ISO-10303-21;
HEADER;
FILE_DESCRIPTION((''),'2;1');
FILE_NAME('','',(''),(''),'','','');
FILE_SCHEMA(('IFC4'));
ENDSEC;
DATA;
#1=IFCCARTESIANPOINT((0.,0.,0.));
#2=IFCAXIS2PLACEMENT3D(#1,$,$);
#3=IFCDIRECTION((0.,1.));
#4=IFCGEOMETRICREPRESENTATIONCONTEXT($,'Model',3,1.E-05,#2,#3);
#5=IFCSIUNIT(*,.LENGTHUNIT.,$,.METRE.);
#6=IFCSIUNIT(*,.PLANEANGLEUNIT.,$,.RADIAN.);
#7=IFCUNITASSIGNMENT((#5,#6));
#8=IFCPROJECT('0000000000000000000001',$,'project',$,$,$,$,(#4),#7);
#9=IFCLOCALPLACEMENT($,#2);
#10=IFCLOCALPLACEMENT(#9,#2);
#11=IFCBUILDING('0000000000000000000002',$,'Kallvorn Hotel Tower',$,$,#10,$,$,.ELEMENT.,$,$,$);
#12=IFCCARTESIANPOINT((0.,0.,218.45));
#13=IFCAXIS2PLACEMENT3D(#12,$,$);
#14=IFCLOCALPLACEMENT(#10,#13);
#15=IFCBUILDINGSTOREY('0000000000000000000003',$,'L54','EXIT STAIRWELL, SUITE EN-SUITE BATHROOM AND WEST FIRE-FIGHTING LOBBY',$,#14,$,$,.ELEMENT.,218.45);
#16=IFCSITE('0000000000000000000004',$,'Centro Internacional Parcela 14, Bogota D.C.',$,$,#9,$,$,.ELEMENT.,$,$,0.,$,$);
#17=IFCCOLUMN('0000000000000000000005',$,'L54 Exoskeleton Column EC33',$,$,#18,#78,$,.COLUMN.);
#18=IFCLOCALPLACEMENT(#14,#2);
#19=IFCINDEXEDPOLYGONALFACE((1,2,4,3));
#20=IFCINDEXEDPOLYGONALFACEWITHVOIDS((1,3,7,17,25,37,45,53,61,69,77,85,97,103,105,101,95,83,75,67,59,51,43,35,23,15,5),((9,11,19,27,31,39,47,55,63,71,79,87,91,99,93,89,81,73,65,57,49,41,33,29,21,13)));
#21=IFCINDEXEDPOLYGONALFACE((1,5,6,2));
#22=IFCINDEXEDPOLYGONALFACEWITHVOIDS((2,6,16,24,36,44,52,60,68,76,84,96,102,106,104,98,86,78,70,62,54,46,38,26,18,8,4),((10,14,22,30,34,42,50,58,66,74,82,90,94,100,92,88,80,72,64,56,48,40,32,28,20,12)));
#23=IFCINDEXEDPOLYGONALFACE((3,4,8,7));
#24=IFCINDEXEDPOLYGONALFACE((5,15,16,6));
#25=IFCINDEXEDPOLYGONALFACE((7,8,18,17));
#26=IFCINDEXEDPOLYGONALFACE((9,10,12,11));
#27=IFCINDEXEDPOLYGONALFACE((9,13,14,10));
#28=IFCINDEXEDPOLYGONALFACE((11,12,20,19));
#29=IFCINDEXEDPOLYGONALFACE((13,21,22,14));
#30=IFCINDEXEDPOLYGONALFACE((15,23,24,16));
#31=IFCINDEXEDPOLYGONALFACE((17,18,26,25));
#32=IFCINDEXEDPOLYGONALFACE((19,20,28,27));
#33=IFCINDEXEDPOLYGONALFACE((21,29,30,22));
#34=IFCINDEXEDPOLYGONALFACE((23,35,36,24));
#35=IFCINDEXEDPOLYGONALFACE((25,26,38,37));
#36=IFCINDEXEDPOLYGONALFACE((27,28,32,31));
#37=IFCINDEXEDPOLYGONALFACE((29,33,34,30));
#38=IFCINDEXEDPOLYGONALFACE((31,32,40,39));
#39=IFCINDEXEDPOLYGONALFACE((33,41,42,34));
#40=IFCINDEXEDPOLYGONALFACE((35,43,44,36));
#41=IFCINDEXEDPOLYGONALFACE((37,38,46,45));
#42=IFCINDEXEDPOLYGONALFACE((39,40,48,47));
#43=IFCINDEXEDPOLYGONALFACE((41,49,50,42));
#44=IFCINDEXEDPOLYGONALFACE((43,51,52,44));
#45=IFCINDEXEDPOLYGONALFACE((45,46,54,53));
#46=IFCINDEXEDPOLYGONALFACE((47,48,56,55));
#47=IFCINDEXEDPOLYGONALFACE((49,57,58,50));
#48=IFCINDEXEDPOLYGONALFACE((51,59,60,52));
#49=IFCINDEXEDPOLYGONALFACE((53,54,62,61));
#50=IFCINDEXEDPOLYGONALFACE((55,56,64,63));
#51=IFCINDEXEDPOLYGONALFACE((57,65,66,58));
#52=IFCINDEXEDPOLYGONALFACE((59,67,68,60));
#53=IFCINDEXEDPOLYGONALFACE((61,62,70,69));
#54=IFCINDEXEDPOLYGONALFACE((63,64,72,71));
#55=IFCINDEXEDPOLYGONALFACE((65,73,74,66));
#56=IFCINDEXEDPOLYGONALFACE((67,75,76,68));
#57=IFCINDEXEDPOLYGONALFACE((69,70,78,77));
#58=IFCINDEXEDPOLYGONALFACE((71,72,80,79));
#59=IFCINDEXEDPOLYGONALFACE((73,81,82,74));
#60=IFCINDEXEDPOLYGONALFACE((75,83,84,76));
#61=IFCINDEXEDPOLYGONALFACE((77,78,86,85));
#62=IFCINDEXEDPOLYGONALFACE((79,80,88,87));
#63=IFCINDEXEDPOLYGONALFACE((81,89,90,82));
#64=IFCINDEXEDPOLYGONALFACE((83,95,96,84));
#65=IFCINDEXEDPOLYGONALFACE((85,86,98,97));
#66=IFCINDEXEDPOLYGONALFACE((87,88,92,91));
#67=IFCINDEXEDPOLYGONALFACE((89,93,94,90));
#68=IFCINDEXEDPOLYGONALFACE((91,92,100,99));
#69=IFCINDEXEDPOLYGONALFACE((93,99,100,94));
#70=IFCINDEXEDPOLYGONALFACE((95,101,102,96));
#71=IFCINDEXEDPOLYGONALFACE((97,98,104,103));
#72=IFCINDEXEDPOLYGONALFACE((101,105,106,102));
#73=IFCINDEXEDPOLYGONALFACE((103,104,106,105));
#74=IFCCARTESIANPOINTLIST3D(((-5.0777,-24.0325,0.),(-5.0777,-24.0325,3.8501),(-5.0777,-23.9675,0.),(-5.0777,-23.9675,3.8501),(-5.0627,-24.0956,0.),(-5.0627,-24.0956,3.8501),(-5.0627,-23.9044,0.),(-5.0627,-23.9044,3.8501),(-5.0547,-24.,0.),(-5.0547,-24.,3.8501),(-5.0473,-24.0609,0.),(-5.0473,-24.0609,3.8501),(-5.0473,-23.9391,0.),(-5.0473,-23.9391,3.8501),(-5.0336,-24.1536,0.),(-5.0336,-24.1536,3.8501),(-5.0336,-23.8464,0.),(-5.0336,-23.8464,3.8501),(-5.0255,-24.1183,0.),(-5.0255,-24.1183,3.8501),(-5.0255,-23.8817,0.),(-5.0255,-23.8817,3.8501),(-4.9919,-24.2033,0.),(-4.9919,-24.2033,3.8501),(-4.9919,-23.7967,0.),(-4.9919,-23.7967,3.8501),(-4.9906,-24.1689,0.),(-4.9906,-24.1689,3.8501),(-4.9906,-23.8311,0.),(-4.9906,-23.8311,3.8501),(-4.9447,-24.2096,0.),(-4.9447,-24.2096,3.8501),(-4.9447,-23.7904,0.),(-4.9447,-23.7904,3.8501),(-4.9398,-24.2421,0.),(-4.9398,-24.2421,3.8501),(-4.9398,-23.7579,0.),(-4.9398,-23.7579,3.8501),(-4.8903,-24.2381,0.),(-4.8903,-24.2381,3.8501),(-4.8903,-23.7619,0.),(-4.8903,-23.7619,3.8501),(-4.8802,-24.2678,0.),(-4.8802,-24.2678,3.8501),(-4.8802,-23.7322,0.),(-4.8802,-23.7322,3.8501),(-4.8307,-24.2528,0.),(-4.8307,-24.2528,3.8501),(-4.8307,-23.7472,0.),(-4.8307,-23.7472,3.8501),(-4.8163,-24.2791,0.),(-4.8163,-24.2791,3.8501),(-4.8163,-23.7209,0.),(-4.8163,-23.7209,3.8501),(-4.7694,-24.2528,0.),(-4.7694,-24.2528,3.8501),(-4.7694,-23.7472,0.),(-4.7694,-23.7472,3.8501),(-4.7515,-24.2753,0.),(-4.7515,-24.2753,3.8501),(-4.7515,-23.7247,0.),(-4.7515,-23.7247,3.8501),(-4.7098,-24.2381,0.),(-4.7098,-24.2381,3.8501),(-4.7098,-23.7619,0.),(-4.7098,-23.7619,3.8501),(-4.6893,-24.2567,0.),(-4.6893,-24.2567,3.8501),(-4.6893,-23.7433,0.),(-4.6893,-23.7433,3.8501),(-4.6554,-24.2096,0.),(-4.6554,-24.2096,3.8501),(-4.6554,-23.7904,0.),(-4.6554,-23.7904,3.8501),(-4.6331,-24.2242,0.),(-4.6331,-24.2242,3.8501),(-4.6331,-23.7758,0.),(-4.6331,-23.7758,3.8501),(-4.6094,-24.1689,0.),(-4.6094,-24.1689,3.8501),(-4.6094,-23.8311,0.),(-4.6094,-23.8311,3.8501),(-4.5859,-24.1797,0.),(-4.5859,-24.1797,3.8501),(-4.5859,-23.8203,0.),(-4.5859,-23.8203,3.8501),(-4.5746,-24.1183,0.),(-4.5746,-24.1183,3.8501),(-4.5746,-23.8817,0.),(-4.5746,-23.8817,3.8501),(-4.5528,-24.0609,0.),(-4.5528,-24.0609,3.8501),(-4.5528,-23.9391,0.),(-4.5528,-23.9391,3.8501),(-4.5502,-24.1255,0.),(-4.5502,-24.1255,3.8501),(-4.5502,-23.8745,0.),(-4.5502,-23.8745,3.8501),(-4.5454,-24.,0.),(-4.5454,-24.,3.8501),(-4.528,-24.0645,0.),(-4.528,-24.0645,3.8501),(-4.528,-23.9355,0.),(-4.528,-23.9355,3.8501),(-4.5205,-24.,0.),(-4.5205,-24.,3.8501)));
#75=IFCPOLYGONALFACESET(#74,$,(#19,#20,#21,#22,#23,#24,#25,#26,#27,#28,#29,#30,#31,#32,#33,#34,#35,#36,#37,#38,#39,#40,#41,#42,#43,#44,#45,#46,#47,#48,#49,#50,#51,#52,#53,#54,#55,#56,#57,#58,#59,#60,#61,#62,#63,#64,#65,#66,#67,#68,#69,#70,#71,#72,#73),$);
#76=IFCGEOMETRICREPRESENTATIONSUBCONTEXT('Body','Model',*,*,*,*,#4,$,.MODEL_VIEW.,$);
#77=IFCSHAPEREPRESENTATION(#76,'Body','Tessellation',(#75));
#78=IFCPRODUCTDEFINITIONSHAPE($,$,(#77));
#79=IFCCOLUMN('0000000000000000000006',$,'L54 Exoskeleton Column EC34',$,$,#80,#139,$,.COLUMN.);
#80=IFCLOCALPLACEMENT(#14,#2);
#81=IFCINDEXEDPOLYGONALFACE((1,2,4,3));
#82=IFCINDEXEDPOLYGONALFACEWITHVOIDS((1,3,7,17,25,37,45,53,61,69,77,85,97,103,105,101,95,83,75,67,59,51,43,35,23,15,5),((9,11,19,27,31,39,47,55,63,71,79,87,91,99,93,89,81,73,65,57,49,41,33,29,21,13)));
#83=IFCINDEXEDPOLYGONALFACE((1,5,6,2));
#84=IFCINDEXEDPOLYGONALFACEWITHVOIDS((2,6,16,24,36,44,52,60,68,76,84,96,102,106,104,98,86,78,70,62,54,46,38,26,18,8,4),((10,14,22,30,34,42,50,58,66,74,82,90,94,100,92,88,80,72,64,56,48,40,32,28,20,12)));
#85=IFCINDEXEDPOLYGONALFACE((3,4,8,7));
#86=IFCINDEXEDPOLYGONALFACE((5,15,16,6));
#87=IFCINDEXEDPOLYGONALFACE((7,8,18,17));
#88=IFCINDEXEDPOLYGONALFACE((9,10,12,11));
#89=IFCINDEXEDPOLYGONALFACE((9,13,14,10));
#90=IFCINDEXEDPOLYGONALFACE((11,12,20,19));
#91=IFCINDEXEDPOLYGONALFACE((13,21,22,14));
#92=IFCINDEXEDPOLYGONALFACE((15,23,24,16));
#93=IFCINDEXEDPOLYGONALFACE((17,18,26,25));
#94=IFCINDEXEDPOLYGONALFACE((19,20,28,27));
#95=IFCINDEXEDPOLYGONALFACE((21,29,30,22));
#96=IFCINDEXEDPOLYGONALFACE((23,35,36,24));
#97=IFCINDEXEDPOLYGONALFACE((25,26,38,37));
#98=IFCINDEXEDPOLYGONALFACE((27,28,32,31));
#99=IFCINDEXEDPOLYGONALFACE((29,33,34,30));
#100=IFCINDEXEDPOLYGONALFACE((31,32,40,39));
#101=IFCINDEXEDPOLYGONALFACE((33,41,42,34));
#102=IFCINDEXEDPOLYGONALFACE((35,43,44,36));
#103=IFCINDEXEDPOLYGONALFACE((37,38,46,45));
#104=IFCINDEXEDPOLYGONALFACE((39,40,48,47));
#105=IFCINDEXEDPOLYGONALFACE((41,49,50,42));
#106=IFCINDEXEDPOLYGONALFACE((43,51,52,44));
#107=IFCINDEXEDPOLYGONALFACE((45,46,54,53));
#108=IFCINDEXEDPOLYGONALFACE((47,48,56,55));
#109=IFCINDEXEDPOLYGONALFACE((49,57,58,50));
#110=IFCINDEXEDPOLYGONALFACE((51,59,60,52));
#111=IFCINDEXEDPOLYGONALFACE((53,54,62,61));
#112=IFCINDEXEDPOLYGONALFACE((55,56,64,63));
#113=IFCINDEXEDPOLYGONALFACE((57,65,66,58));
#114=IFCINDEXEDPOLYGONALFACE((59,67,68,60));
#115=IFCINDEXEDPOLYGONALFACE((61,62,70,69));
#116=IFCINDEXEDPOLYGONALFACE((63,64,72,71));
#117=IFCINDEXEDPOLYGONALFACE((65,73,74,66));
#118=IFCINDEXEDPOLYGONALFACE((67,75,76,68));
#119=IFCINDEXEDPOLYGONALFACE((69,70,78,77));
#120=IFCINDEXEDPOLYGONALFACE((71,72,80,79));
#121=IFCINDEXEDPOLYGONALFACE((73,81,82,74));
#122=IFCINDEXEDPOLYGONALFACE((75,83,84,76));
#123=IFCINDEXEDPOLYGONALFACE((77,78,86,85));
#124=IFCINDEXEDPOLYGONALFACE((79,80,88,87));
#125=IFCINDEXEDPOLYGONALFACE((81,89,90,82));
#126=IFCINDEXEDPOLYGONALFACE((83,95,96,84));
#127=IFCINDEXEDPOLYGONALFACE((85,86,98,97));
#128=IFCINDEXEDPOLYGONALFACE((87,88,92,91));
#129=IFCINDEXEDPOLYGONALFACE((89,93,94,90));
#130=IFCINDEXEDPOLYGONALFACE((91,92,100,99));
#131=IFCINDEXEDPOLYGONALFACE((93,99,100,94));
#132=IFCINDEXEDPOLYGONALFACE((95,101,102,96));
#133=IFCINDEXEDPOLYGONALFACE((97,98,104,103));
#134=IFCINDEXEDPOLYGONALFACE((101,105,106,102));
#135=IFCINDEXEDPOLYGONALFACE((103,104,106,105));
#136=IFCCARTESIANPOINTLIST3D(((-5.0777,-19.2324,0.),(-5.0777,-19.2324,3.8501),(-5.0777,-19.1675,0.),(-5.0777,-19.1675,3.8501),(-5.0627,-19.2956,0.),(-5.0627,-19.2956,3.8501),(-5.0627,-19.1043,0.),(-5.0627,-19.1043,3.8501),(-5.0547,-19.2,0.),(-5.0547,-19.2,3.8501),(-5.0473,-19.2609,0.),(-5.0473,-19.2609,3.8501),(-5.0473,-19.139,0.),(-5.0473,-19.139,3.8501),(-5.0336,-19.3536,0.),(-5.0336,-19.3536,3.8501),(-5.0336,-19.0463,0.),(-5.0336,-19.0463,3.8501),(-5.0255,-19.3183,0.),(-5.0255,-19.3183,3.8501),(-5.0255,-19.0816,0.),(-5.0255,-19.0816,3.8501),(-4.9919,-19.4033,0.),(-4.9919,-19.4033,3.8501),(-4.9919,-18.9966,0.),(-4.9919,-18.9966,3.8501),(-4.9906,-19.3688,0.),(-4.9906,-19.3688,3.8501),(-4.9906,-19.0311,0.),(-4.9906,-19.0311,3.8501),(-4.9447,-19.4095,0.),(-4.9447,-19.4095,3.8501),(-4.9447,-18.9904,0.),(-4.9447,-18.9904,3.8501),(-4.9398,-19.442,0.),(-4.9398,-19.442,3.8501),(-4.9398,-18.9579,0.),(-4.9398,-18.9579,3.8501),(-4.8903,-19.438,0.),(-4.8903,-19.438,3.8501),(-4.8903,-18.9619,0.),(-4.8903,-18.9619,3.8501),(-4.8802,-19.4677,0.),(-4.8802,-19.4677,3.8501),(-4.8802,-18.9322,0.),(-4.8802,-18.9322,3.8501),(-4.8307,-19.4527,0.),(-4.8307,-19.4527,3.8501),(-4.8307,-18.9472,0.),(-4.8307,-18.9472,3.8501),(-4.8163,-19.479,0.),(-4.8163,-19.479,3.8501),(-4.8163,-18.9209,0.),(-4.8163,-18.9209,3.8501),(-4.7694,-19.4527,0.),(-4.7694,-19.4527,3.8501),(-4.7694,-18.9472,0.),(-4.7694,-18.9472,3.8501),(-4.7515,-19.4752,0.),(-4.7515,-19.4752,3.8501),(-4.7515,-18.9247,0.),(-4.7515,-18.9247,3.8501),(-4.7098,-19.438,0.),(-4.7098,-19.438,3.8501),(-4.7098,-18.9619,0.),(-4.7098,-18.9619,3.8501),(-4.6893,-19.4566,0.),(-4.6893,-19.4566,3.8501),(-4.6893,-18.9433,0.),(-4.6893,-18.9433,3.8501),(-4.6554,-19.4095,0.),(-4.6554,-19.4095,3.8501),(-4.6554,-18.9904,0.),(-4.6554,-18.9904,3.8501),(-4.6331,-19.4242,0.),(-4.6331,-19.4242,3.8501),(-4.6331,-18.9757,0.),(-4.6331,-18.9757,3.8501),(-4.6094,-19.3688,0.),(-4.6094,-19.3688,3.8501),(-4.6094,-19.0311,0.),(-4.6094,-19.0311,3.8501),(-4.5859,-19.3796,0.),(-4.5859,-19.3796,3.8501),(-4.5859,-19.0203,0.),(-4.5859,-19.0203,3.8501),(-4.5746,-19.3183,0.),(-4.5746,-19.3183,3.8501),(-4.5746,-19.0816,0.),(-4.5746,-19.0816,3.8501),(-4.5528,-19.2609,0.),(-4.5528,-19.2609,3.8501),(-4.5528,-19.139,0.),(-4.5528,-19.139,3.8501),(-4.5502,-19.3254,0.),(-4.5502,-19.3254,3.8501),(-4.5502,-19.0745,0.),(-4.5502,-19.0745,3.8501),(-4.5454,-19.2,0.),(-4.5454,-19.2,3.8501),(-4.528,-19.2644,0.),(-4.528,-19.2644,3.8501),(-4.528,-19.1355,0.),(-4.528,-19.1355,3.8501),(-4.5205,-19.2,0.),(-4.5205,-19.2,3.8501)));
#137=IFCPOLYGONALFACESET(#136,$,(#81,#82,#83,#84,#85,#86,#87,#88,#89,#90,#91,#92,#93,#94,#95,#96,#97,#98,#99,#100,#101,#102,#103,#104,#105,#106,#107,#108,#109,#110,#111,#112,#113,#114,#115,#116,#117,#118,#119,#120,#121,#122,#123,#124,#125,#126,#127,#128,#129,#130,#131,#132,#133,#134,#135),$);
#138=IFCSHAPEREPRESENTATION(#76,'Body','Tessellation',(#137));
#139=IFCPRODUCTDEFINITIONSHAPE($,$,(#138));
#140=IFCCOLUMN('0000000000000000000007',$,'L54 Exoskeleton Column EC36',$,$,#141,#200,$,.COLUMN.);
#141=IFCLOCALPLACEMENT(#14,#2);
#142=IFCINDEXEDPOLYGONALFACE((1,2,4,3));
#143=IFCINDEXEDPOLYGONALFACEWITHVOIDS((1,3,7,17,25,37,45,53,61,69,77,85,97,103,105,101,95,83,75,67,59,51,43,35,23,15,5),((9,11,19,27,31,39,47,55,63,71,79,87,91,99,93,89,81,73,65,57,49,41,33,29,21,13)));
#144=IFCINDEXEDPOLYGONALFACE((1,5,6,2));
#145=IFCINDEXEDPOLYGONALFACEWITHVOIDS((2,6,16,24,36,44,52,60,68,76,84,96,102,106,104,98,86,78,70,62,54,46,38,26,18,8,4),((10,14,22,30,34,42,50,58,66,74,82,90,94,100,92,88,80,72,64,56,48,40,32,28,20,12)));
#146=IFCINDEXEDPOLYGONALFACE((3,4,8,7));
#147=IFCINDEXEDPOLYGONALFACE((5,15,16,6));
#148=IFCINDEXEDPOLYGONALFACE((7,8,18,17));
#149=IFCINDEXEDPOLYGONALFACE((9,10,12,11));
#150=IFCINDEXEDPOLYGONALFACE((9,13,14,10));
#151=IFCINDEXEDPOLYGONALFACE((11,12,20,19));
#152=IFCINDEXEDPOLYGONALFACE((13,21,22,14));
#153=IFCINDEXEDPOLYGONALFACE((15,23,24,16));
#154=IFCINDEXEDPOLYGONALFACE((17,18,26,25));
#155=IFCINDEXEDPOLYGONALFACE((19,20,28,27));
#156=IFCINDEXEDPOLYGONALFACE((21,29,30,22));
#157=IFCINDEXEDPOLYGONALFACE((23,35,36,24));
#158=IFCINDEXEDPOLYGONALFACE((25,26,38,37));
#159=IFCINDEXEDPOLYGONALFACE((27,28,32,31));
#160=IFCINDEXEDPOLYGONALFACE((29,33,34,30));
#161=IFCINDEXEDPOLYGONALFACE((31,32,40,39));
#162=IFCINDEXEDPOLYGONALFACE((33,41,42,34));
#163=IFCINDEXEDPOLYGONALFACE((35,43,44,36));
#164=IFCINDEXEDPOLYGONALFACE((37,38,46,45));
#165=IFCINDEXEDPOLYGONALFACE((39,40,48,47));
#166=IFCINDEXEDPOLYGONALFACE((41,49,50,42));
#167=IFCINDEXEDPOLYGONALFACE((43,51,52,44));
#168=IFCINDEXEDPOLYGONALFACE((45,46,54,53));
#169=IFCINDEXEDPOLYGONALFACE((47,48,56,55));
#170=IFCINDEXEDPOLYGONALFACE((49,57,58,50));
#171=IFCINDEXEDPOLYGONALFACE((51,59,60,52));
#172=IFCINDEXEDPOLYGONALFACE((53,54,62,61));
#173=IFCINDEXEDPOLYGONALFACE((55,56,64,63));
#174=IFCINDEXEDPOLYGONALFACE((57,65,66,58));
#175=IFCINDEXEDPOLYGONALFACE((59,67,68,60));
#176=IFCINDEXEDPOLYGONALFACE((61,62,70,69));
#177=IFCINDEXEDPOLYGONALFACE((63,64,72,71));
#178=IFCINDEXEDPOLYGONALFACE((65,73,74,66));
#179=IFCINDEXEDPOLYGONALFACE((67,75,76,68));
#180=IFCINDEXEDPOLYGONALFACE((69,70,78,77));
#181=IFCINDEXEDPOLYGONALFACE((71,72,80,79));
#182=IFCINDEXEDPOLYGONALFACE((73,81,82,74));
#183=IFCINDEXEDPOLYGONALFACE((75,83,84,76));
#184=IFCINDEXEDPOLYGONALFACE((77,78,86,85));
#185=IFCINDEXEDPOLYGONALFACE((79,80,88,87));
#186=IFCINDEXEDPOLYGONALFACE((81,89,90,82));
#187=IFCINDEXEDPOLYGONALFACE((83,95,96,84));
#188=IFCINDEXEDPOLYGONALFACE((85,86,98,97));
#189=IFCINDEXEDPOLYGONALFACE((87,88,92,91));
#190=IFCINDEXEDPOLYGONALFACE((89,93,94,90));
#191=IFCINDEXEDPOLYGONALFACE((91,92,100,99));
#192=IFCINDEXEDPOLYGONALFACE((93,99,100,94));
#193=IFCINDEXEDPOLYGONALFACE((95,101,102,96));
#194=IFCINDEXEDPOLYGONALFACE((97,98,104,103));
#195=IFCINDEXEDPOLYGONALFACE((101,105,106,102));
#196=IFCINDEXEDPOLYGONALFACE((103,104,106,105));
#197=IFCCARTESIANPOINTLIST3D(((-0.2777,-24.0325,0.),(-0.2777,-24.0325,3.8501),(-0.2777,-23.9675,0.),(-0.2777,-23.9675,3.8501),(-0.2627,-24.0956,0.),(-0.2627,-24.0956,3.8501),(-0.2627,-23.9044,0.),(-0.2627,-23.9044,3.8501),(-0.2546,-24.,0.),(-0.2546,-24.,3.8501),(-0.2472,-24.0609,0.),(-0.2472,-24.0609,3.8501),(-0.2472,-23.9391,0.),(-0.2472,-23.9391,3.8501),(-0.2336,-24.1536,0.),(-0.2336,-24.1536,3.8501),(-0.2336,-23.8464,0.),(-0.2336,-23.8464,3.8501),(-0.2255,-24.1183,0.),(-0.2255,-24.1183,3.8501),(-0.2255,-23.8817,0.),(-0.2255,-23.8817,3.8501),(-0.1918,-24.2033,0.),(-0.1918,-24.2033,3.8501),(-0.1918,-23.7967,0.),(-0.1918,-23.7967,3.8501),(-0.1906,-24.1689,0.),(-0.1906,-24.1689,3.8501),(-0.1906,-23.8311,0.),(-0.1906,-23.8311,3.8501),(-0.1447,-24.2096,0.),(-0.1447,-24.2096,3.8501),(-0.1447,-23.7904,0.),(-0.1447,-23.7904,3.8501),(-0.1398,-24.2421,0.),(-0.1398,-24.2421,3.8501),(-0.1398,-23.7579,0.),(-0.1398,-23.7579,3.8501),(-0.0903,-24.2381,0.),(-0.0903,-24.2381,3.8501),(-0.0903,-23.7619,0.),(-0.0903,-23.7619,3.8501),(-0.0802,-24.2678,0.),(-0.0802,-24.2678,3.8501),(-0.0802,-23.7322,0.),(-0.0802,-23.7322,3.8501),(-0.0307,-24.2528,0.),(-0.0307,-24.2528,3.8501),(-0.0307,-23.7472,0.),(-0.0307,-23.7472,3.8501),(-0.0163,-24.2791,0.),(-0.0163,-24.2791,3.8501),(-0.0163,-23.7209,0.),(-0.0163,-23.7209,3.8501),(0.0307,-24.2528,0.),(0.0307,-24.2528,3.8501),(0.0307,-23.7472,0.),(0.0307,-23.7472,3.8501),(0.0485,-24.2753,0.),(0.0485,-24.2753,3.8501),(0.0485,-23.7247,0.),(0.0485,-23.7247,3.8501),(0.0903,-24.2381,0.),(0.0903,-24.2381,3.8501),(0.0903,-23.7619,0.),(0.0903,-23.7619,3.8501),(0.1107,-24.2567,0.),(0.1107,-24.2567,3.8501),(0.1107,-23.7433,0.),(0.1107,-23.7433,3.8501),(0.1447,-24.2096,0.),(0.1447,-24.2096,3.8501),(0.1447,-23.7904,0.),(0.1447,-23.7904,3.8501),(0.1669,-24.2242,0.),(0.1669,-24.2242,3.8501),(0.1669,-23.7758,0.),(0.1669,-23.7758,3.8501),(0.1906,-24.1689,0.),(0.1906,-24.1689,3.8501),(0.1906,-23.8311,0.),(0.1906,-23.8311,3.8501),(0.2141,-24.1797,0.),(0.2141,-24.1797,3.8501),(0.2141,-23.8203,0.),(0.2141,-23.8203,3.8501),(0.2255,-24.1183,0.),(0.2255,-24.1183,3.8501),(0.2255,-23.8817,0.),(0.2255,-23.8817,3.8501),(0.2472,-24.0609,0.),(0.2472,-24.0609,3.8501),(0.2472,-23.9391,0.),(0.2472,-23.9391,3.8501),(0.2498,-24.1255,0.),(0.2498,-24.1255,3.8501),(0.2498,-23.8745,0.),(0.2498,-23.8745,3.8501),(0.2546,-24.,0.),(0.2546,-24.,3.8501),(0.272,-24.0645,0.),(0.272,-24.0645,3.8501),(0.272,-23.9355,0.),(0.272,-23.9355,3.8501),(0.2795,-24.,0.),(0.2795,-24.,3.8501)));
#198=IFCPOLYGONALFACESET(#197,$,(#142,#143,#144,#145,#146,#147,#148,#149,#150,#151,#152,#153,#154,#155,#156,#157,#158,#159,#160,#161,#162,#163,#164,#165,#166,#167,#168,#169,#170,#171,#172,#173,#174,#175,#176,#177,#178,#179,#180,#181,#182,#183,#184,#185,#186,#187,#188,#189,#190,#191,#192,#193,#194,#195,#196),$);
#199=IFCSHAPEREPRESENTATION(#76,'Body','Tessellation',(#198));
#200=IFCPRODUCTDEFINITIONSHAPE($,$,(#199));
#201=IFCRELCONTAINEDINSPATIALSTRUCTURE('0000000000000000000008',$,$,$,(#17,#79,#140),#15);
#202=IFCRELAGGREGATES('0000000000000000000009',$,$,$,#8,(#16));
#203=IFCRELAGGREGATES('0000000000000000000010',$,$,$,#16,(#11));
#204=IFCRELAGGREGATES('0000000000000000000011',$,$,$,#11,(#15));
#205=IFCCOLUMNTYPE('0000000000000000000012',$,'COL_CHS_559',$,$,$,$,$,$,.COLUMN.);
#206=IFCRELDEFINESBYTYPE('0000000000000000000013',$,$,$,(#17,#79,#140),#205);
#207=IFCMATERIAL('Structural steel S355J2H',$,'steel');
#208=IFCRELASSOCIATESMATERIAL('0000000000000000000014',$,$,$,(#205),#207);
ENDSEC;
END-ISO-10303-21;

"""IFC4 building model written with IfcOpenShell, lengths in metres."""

from ifc_helpers import new_model, si_unit, direction, frame, origin, origin_2d, place, context, subcontext, project, spatial, hollow_circle, extrude, material, material_profile, profile_set, type_object, element, save


model = new_model("IFC4")

# Units and contexts
model_context = context("Model", 3, precision=1e-05, world=origin(), true_north=direction((0.0, 1.0)))
body_context = subcontext(model_context, "Body", "Model", "MODEL_VIEW")
ifc_project = project(units=[si_unit("LENGTHUNIT", "METRE"), si_unit("PLANEANGLEUNIT", "RADIAN")], contexts=[model_context])

# Site, building, storey
site_placement = place(None, origin())
site = spatial("IfcSite", under=ifc_project, at=site_placement, Name="Centro Internacional Parcela 14, Bogota D.C.", CompositionType="ELEMENT", RefElevation=0.0)
building_placement = place(site_placement, origin())
building = spatial("IfcBuilding", under=site, at=building_placement, Name="Kallvorn Hotel Tower", CompositionType="ELEMENT")
storey_placement = place(building_placement, frame((0.0, 0.0, 218.45)))
storey = spatial("IfcBuildingStorey", under=building, at=storey_placement, Name="L54", Description="EXIT STAIRWELL, SUITE EN-SUITE BATHROOM AND WEST FIRE-FIGHTING LOBBY", CompositionType="ELEMENT", Elevation=218.45)

# Columns
ifc_material_1 = material(Name="Structural steel S355J2H", Category="steel")
ifc_material_profile_1 = material_profile(ifc_material_1, hollow_circle(Radius=0.2795, WallThickness=0.0249, at=origin_2d()), Name="CHS 559x25")
ifc_profile_set_1 = profile_set([ifc_material_profile_1], Name="Structural steel S355J2H")
column_type_1 = type_object("IfcColumnType", Name="COL_CHS_559", PredefinedType="COLUMN", material=ifc_profile_set_1)
for number, where, z_axis, x_axis, name in (
    (1, (-4.8, -24.0, 0.0), (0.0, 0.0, 1.0), (1.0, 0.0, 0.0), "L54 Exoskeleton Column EC33"),
    (2, (-4.8, -19.2, 0.0), (0.0, 0.0, 1.0), (1.0, 0.0, 0.0), "L54 Exoskeleton Column EC34"),
    (3, (0.0, -24.0, 0.0), (0.0, 0.0, 1.0), (1.0, 0.0, 0.0), "L54 Exoskeleton Column EC36"),
):
    element("IfcColumn", number, at=place(storey_placement, frame(where, z_axis=z_axis, x_axis=x_axis)), inside=storey, type_object=column_type_1, Name=name, PredefinedType="COLUMN", context=body_context, shape_type="SweptSolid", body=[
        extrude(hollow_circle(Radius=0.2795, WallThickness=0.0249, at=origin_2d()), origin(), (0.0, 0.0, 1.0), 3.8501),
    ])

save(model, "model.ifc")
